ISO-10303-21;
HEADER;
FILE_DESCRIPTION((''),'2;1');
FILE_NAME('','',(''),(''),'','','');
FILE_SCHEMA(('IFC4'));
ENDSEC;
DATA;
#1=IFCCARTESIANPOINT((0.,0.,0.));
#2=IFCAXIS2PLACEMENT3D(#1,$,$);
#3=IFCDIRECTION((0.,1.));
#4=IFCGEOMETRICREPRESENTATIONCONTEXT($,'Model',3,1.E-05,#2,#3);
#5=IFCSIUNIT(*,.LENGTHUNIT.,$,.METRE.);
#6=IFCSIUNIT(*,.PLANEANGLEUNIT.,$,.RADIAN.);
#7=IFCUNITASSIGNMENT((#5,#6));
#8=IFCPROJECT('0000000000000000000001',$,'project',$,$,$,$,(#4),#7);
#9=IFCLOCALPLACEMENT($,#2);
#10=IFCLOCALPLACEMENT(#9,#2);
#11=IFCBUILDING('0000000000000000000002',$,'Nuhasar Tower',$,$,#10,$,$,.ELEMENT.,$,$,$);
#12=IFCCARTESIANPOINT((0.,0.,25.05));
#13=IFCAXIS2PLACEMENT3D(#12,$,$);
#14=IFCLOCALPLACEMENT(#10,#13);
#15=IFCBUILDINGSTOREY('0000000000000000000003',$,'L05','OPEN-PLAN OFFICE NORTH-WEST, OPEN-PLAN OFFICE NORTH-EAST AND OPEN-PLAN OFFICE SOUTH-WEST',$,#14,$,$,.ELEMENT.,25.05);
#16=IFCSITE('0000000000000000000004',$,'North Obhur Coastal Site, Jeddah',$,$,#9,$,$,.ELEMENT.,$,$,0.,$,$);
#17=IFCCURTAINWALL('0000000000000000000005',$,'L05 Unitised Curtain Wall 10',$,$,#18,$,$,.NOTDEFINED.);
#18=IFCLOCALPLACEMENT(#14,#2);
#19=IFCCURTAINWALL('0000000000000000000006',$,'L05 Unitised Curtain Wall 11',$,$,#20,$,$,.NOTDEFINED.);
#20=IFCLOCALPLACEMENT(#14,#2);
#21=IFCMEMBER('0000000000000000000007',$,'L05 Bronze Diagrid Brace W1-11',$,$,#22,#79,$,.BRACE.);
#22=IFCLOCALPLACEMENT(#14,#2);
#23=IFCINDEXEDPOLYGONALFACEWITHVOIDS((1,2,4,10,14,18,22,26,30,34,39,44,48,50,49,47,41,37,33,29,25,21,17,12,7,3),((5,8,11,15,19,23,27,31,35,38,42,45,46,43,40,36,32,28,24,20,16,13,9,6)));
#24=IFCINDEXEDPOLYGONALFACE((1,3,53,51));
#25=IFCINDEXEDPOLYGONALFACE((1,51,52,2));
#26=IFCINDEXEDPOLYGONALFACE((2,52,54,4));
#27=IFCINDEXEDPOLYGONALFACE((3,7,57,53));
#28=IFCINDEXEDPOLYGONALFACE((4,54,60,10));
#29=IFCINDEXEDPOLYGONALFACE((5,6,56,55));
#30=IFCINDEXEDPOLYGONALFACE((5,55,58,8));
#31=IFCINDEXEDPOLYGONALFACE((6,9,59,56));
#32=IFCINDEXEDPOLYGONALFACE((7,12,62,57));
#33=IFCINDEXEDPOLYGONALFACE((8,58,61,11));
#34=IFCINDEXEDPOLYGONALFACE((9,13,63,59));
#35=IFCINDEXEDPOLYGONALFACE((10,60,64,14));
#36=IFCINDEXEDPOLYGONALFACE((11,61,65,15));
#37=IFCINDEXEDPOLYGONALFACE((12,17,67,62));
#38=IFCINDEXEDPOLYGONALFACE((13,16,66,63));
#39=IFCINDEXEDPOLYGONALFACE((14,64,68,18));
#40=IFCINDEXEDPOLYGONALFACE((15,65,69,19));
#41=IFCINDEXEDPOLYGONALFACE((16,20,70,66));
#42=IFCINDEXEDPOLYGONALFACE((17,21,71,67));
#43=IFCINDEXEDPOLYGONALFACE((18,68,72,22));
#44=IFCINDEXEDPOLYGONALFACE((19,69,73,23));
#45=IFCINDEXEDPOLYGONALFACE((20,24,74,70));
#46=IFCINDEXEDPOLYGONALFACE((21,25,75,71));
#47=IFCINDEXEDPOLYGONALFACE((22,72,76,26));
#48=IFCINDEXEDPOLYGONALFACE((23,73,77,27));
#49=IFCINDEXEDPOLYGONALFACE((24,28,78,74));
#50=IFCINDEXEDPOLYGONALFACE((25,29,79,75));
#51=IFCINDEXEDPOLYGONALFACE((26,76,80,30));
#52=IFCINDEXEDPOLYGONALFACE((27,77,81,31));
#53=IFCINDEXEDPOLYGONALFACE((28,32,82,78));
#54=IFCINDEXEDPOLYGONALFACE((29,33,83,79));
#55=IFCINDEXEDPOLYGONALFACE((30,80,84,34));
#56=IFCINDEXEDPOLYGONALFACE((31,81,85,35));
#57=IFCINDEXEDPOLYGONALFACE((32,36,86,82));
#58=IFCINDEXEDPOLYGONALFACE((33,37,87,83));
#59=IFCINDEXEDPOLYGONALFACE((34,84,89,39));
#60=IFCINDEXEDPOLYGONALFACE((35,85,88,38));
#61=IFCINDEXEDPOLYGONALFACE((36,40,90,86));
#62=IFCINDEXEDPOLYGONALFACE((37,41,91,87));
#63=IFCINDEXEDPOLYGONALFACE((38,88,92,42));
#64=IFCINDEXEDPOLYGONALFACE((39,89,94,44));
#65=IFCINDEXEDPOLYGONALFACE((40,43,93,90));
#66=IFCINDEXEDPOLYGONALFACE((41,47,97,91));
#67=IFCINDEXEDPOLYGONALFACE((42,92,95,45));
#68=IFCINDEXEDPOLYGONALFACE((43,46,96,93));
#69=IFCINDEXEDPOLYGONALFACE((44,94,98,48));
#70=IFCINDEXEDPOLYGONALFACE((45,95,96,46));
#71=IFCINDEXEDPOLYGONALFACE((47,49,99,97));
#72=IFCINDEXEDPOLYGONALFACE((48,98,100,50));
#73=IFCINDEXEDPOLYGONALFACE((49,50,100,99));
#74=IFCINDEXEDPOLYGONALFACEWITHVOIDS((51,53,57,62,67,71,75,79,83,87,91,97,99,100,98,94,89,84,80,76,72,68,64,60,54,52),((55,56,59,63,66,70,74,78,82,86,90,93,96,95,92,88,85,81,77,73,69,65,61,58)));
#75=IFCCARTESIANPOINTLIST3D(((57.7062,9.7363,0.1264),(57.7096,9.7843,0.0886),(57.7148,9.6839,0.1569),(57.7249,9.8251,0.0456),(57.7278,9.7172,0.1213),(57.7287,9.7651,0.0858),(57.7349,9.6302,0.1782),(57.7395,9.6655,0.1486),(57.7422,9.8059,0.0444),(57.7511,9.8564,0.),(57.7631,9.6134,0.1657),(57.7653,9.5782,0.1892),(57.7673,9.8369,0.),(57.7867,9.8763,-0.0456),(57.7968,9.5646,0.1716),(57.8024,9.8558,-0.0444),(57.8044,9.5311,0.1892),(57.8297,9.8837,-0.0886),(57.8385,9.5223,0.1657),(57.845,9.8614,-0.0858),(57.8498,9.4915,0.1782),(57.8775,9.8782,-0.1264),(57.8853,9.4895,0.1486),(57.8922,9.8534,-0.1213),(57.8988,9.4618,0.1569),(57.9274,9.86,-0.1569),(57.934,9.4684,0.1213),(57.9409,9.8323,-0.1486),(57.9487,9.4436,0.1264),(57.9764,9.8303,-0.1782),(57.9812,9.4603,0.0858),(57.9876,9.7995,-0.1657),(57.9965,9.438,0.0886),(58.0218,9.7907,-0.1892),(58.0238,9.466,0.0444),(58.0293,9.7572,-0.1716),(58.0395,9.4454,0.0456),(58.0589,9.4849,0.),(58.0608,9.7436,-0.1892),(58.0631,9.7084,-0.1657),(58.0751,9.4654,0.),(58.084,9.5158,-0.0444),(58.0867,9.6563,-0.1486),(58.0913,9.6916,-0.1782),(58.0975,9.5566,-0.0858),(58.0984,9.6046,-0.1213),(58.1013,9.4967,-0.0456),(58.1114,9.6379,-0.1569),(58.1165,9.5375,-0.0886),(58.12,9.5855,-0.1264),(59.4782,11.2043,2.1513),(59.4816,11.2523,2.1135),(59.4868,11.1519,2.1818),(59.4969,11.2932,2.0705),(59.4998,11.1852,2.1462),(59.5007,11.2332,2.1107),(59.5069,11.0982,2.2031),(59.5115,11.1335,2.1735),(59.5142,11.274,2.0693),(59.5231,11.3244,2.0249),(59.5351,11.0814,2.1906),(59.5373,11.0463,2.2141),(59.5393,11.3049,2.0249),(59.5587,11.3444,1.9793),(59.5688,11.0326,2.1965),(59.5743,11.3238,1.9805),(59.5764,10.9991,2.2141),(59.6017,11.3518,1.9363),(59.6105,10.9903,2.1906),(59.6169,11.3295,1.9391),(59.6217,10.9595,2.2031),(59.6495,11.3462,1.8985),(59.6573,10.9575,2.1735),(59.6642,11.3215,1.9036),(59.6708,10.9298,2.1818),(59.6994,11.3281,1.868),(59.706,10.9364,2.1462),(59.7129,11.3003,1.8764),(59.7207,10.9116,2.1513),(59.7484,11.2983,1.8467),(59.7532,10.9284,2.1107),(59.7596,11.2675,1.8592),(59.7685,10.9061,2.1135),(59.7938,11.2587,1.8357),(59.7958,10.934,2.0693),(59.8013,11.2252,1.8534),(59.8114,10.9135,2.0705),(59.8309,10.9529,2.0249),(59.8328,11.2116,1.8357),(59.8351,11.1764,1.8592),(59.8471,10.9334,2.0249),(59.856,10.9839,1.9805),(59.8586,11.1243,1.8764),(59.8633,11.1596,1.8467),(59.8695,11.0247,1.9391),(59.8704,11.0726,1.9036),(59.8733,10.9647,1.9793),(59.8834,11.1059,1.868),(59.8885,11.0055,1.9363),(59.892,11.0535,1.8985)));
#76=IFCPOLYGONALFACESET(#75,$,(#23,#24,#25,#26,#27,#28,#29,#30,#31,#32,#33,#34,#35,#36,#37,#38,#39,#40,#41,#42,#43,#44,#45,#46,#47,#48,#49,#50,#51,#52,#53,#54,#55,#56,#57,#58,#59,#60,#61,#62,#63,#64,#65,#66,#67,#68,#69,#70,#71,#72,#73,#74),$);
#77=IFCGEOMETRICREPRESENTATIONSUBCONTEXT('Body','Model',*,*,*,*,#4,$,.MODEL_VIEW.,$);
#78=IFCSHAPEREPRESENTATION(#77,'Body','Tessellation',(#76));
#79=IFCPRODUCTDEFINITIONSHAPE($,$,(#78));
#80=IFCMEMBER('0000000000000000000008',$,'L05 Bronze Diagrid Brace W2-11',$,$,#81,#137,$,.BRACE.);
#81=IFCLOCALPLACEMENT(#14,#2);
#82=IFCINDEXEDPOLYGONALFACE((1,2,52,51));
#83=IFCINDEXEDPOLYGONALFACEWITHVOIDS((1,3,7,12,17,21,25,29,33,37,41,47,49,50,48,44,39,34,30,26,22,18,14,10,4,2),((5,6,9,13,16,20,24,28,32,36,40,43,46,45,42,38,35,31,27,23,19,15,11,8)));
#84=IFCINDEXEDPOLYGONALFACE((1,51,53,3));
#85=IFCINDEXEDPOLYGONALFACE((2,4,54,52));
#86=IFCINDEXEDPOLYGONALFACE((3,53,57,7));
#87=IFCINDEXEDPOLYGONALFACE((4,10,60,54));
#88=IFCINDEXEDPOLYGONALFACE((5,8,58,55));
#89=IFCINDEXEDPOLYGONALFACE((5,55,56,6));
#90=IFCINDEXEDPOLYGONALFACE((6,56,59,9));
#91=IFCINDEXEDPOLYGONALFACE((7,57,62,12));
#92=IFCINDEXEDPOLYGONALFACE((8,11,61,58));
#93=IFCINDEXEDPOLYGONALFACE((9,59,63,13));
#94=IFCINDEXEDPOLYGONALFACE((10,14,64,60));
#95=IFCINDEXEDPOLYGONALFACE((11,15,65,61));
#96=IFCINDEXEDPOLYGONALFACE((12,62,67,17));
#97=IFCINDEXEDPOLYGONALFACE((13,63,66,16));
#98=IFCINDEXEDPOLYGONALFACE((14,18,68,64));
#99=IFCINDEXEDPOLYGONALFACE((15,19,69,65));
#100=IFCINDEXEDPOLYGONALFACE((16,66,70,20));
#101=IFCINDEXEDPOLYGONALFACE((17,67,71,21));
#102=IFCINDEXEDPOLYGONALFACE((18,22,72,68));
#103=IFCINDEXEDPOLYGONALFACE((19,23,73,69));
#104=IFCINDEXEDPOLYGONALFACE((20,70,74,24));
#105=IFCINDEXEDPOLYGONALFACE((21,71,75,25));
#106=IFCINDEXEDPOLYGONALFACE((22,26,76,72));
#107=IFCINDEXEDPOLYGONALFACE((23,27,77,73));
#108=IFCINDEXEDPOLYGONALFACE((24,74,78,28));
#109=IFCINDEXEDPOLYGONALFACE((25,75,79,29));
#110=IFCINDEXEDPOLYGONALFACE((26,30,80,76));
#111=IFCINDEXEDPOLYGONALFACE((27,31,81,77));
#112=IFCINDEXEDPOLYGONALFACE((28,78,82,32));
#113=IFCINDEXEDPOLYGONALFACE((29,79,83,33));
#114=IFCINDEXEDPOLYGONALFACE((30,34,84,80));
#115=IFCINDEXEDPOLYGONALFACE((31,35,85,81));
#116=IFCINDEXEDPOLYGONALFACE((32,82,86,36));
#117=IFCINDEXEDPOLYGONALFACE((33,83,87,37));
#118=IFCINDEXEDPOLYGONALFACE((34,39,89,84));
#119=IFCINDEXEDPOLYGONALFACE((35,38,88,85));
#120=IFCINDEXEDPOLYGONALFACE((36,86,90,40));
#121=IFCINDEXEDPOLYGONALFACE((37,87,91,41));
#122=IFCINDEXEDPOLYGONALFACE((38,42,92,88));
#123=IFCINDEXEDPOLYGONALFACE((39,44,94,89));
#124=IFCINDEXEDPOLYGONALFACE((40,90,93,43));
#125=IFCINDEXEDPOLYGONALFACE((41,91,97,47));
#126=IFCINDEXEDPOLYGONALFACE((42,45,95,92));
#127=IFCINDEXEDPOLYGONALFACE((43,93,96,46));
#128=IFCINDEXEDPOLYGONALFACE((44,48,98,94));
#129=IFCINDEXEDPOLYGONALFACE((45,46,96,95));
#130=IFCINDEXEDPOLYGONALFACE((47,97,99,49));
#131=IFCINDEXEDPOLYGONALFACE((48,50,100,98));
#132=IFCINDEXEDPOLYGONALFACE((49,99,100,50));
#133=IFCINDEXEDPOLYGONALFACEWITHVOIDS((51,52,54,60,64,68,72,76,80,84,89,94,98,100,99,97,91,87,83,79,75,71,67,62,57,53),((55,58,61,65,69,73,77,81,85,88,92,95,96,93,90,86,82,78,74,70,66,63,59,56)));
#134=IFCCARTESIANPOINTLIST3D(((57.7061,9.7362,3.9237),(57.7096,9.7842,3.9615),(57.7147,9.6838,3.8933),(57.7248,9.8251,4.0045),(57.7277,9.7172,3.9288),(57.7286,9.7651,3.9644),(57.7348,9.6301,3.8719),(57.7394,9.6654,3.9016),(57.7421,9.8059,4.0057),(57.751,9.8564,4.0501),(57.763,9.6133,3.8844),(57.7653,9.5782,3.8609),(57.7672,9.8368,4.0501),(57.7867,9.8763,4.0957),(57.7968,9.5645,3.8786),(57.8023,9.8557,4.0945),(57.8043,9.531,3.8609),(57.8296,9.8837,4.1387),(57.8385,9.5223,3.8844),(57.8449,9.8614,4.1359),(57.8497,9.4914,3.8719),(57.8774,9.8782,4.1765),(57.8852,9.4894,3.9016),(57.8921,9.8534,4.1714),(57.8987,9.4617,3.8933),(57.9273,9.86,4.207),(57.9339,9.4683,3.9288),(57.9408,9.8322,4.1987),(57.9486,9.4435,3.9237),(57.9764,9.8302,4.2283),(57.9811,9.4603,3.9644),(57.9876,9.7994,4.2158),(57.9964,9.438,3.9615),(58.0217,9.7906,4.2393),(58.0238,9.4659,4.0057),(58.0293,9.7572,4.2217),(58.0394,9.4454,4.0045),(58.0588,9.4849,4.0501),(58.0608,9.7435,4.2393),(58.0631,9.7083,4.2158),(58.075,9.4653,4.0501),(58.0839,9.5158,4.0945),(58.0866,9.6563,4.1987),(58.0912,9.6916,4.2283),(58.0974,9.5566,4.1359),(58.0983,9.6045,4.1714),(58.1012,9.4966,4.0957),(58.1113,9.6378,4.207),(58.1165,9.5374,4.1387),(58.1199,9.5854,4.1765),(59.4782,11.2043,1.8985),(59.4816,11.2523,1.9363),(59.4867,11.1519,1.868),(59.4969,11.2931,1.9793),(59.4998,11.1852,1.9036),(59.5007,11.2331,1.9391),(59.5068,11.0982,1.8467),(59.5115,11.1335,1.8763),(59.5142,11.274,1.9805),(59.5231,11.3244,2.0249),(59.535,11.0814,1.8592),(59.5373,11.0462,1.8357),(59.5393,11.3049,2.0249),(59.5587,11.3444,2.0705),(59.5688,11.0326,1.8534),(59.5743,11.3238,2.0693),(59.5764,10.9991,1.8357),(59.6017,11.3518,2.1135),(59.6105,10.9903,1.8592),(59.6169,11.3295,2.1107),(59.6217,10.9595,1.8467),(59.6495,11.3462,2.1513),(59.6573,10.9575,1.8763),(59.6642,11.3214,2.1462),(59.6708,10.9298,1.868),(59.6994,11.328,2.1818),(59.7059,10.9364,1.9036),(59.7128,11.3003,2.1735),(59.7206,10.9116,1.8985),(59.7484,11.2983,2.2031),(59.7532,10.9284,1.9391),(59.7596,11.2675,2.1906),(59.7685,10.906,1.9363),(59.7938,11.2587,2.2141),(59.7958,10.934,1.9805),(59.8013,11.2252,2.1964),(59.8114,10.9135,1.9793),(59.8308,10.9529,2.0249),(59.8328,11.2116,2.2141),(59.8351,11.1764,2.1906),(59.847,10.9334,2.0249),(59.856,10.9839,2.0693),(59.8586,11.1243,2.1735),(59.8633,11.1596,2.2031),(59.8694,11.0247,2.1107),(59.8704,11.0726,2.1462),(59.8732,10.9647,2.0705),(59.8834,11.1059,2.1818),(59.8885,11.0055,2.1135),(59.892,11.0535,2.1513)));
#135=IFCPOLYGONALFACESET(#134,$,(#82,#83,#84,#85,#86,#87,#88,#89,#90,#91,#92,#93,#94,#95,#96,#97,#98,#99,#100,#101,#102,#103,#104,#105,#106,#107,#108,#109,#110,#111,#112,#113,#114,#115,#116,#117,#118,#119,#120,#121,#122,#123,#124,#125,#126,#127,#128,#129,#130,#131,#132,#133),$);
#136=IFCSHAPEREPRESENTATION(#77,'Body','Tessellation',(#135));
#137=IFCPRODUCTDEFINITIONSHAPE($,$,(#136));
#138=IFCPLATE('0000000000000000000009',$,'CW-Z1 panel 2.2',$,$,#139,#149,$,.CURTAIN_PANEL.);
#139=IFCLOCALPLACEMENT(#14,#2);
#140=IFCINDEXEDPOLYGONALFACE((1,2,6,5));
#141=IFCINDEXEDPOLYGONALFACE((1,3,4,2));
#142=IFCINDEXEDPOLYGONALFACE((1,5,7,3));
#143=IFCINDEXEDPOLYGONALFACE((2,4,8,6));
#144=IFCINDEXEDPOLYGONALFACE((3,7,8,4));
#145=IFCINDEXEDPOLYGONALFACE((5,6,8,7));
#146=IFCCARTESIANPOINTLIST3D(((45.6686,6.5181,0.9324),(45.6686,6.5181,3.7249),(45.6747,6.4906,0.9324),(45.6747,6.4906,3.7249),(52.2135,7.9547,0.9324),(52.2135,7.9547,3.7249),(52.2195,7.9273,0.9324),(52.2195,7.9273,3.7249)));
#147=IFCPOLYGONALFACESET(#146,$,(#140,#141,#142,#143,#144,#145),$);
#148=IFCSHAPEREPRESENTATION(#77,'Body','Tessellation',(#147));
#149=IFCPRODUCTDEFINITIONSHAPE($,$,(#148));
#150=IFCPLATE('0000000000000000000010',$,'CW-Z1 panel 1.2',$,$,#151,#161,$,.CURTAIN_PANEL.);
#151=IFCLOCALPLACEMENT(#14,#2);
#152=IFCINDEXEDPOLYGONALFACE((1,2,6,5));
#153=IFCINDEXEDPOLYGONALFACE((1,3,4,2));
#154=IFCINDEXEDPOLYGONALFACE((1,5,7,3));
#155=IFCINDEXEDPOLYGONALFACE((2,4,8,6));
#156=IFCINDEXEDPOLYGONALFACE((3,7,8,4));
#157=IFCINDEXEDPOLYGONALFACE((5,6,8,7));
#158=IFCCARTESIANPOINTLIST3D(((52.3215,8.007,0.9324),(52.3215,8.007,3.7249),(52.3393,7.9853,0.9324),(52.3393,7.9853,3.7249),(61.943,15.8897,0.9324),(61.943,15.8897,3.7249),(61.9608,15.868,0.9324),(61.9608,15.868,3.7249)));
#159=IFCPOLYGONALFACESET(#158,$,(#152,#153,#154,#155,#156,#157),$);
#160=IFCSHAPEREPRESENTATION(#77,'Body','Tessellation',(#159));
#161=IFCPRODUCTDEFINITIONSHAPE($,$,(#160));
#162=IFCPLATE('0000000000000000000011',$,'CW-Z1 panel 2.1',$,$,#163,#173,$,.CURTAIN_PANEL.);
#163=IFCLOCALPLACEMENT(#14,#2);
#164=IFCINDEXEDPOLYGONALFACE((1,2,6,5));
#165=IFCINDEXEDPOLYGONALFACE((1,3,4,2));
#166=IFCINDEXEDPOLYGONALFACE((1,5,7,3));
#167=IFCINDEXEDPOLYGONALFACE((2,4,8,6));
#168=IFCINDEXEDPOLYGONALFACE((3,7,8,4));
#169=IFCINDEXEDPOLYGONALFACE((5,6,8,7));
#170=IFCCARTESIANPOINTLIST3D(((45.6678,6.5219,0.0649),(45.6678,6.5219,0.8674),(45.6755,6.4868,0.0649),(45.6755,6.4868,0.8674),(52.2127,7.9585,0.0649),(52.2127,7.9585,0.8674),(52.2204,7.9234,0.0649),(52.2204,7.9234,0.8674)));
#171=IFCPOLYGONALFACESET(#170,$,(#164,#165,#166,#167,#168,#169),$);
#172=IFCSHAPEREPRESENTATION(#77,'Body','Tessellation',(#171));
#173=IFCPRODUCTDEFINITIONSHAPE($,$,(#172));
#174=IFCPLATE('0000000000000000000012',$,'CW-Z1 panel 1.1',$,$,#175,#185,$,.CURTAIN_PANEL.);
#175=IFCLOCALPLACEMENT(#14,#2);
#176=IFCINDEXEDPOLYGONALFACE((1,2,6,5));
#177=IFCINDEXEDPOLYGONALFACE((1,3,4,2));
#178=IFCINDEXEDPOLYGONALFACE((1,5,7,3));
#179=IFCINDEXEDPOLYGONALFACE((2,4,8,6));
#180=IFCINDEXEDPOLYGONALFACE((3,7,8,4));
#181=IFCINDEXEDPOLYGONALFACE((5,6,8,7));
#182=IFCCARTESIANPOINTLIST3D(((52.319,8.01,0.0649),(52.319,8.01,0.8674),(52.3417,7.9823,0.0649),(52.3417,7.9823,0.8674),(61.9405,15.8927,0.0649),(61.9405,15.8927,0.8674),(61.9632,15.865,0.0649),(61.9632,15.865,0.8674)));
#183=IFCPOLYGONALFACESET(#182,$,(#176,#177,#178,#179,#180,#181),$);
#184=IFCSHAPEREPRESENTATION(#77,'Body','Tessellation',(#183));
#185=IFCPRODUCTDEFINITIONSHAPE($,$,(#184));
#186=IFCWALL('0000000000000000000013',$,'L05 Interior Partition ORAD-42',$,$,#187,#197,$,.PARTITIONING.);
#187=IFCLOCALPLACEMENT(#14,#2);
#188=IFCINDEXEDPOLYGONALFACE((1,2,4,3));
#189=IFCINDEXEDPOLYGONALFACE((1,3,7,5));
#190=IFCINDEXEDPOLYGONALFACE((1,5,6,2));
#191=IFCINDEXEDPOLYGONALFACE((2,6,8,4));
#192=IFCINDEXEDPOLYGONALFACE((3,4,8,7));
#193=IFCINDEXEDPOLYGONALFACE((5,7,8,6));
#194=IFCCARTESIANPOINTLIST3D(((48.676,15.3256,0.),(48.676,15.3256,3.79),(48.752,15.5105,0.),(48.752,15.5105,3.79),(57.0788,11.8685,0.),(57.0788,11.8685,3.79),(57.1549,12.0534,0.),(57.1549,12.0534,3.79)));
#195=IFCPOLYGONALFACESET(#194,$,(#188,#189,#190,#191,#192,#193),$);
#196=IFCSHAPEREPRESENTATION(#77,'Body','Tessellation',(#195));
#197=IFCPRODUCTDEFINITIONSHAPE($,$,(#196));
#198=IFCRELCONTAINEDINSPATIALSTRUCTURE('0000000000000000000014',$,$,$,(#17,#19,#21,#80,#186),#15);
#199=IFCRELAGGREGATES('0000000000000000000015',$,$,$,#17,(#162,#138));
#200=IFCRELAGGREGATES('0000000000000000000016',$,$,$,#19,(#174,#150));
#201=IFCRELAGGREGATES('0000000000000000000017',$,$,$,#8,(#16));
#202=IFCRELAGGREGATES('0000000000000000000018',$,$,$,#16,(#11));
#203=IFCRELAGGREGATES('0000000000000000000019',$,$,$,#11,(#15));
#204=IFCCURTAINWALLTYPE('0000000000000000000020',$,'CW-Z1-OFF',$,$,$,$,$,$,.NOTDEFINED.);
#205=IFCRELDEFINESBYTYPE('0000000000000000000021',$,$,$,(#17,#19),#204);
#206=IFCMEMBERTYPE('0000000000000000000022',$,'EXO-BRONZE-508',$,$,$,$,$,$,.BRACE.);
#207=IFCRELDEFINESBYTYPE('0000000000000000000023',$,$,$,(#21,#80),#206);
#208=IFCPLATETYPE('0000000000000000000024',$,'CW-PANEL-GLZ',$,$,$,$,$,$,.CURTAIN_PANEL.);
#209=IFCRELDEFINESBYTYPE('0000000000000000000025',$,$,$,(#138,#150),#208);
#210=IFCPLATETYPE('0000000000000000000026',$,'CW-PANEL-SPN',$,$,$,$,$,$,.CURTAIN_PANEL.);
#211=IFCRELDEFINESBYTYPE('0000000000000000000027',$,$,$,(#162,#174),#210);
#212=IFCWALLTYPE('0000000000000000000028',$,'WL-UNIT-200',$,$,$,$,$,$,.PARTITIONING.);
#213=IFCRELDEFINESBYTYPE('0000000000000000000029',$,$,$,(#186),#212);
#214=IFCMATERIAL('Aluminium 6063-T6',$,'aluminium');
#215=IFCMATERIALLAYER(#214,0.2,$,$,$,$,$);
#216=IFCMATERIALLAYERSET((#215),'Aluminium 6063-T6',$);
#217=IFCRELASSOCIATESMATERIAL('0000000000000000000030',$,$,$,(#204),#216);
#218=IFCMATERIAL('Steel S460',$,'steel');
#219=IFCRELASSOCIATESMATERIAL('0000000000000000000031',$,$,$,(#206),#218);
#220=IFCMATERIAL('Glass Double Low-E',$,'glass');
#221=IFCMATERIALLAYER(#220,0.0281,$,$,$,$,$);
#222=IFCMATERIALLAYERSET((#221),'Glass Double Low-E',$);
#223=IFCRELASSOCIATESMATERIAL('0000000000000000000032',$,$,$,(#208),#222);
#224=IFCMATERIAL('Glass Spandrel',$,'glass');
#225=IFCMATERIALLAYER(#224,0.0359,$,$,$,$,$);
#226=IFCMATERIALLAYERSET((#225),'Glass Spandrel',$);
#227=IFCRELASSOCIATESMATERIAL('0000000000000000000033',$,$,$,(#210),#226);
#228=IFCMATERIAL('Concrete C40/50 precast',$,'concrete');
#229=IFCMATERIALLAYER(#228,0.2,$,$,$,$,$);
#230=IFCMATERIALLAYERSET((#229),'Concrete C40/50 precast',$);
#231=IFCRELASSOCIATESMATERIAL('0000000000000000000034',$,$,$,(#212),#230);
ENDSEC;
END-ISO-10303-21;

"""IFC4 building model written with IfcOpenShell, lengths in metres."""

from ifc_helpers import new_model, si_unit, direction, frame, frame_2d, origin, origin_2d, place, context, subcontext, project, spatial, rectangle, hollow_circle, extrude, material, layer, layer_set, material_profile, profile_set, type_object, element, aggregate, save


model = new_model("IFC4")

# Units and contexts
model_context = context("Model", 3, precision=1e-05, world=origin(), true_north=direction((0.0, 1.0)))
body_context = subcontext(model_context, "Body", "Model", "MODEL_VIEW")
ifc_project = project(units=[si_unit("LENGTHUNIT", "METRE"), si_unit("PLANEANGLEUNIT", "RADIAN")], contexts=[model_context])

# Site, building, storey
site_placement = place(None, origin())
site = spatial("IfcSite", under=ifc_project, at=site_placement, Name="North Obhur Coastal Site, Jeddah", CompositionType="ELEMENT", RefElevation=0.0)
building_placement = place(site_placement, origin())
building = spatial("IfcBuilding", under=site, at=building_placement, Name="Nuhasar Tower", CompositionType="ELEMENT")
storey_placement = place(building_placement, frame((0.0, 0.0, 25.05)))
storey = spatial("IfcBuildingStorey", under=building, at=storey_placement, Name="L05", Description="OPEN-PLAN OFFICE NORTH-WEST, OPEN-PLAN OFFICE NORTH-EAST AND OPEN-PLAN OFFICE SOUTH-WEST", CompositionType="ELEMENT", Elevation=25.05)

# Curtain wall
ifc_material_1 = material(Name="Aluminium 6063-T6", Category="aluminium")
ifc_layer_1 = layer(ifc_material_1, 0.2)
ifc_layer_set_1 = layer_set([ifc_layer_1], Name="Aluminium 6063-T6")
curtain_wall_type = type_object("IfcCurtainWallType", Name="CW-Z1-OFF", PredefinedType="NOTDEFINED", material=ifc_layer_set_1)
curtain_wall_1_placement = place(storey_placement, origin())
curtain_wall_1 = element("IfcCurtainWall", 1, at=curtain_wall_1_placement, inside=storey, type_object=curtain_wall_type, Name="L05 Unitised Curtain Wall 10", PredefinedType="NOTDEFINED")

# Curtain wall
curtain_wall_2_placement = place(storey_placement, origin())
curtain_wall_2 = element("IfcCurtainWall", 2, at=curtain_wall_2_placement, inside=storey, type_object=curtain_wall_type, Name="L05 Unitised Curtain Wall 11", PredefinedType="NOTDEFINED")

# Members
ifc_material_2 = material(Name="Steel S460", Category="steel")
ifc_material_profile_1 = material_profile(ifc_material_2, hollow_circle(Radius=0.2539, WallThickness=0.0254, at=origin_2d()), Name="HSS508X25.4")
ifc_profile_set_1 = profile_set([ifc_material_profile_1], Name="Steel S460")
member_type_1 = type_object("IfcMemberType", Name="EXO-BRONZE-508", PredefinedType="BRACE", material=ifc_profile_set_1)
for number, where, z_axis, x_axis, name in (
    (3, (57.9131, 9.6609, 0.0), (0.578102, 0.478937, 0.660619), (-0.637969, 0.770062, 0.0), "L05 Bronze Diagrid Brace W1-11"),
):
    element("IfcMember", number, at=place(storey_placement, frame(where, z_axis=z_axis, x_axis=x_axis)), inside=storey, type_object=member_type_1, Name=name, PredefinedType="BRACE", context=body_context, shape_type="SweptSolid", body=[
        extrude(hollow_circle(Radius=0.2539, WallThickness=0.0254, at=origin_2d()), origin(), (0.0, 0.0, 1.0), 3.0652),
    ])
member_1_placement = place(storey_placement, frame((59.6851, 11.1289, 2.0249), z_axis=(-0.578071, -0.478912, 0.660664), x_axis=(0.637969, -0.770062, 0.0)))
element("IfcMember", 4, at=member_1_placement, inside=storey, type_object=member_type_1, Name="L05 Bronze Diagrid Brace W2-11", PredefinedType="BRACE", context=body_context, shape_type="SweptSolid", body=[
    extrude(hollow_circle(Radius=0.2539, WallThickness=0.0254, at=origin_2d()), origin(), (0.0, 0.0, 1.0), 3.0654),
])

# Plates
ifc_material_3 = material(Name="Glass Double Low-E", Category="glass")
ifc_layer_2 = layer(ifc_material_3, 0.0281)
ifc_layer_set_2 = layer_set([ifc_layer_2], Name="Glass Double Low-E")
plate_type_1 = type_object("IfcPlateType", Name="CW-PANEL-GLZ", PredefinedType="CURTAIN_PANEL", material=ifc_layer_set_2)
plate_1_placement = place(storey_placement, frame((48.9441, 7.2227, 0.9324), z_axis=(0.0, 0.0, 1.0), x_axis=(0.976746, 0.214399, 0.0)))
plate_1 = element("IfcPlate", 5, at=plate_1_placement, type_object=plate_type_1, Name="CW-Z1 panel 2.2", PredefinedType="CURTAIN_PANEL", context=body_context, shape_type="SweptSolid", body=[
    extrude(rectangle(XDim=6.7007, YDim=0.0281, at=origin_2d()), origin(), (0.0, 0.0, 1.0), 2.7925),
])
plate_2_placement = place(storey_placement, frame((57.1411, 11.9375, 0.9324), z_axis=(0.0, 0.0, 1.0), x_axis=(0.773542, 0.633745, 0.0)))
plate_2 = element("IfcPlate", 6, at=plate_2_placement, type_object=plate_type_1, Name="CW-Z1 panel 1.2", PredefinedType="CURTAIN_PANEL", context=body_context, shape_type="SweptSolid", body=[
    extrude(rectangle(XDim=12.4382, YDim=0.0281, at=origin_2d()), origin(), (0.0, 0.0, 1.0), 2.7925),
])
ifc_material_4 = material(Name="Glass Spandrel", Category="glass")
ifc_layer_3 = layer(ifc_material_4, 0.0359)
ifc_layer_set_3 = layer_set([ifc_layer_3], Name="Glass Spandrel")
plate_type_2 = type_object("IfcPlateType", Name="CW-PANEL-SPN", PredefinedType="CURTAIN_PANEL", material=ifc_layer_set_3)
plate_3_placement = place(storey_placement, frame((48.9441, 7.2227, 0.0649), z_axis=(0.0, 0.0, 1.0), x_axis=(0.976746, 0.214399, 0.0)))
plate_3 = element("IfcPlate", 7, at=plate_3_placement, type_object=plate_type_2, Name="CW-Z1 panel 2.1", PredefinedType="CURTAIN_PANEL", context=body_context, shape_type="SweptSolid", body=[
    extrude(rectangle(XDim=6.7007, YDim=0.0359, at=origin_2d()), origin(), (0.0, 0.0, 1.0), 0.8025),
])
aggregate(curtain_wall_1, [plate_3, plate_1])
plate_4_placement = place(storey_placement, frame((57.1411, 11.9375, 0.0649), z_axis=(0.0, 0.0, 1.0), x_axis=(0.773542, 0.633745, 0.0)))
plate_4 = element("IfcPlate", 8, at=plate_4_placement, type_object=plate_type_2, Name="CW-Z1 panel 1.1", PredefinedType="CURTAIN_PANEL", context=body_context, shape_type="SweptSolid", body=[
    extrude(rectangle(XDim=12.4382, YDim=0.0359, at=origin_2d()), origin(), (0.0, 0.0, 1.0), 0.8025),
])
aggregate(curtain_wall_2, [plate_4, plate_2])

# Wall
ifc_material_5 = material(Name="Concrete C40/50 precast", Category="concrete")
ifc_layer_4 = layer(ifc_material_5, 0.2)
ifc_layer_set_4 = layer_set([ifc_layer_4], Name="Concrete C40/50 precast")
wall_type = type_object("IfcWallType", Name="WL-UNIT-200", PredefinedType="PARTITIONING", material=ifc_layer_set_4)
wall_placement = place(storey_placement, frame((48.7141, 15.418, 0.0), z_axis=(0.0, 0.0, 1.0), x_axis=(0.924793, -0.380471, 0.0)))
element("IfcWall", 9, at=wall_placement, inside=storey, type_object=wall_type, Name="L05 Interior Partition ORAD-42", PredefinedType="PARTITIONING", context=body_context, shape_type="SweptSolid", body=[
    extrude(rectangle(XDim=9.0862, YDim=0.2, at=frame_2d((4.543, 0.0))), origin(), (0.0, 0.0, 1.0), 3.79),
])

save(model, "model.ifc")
